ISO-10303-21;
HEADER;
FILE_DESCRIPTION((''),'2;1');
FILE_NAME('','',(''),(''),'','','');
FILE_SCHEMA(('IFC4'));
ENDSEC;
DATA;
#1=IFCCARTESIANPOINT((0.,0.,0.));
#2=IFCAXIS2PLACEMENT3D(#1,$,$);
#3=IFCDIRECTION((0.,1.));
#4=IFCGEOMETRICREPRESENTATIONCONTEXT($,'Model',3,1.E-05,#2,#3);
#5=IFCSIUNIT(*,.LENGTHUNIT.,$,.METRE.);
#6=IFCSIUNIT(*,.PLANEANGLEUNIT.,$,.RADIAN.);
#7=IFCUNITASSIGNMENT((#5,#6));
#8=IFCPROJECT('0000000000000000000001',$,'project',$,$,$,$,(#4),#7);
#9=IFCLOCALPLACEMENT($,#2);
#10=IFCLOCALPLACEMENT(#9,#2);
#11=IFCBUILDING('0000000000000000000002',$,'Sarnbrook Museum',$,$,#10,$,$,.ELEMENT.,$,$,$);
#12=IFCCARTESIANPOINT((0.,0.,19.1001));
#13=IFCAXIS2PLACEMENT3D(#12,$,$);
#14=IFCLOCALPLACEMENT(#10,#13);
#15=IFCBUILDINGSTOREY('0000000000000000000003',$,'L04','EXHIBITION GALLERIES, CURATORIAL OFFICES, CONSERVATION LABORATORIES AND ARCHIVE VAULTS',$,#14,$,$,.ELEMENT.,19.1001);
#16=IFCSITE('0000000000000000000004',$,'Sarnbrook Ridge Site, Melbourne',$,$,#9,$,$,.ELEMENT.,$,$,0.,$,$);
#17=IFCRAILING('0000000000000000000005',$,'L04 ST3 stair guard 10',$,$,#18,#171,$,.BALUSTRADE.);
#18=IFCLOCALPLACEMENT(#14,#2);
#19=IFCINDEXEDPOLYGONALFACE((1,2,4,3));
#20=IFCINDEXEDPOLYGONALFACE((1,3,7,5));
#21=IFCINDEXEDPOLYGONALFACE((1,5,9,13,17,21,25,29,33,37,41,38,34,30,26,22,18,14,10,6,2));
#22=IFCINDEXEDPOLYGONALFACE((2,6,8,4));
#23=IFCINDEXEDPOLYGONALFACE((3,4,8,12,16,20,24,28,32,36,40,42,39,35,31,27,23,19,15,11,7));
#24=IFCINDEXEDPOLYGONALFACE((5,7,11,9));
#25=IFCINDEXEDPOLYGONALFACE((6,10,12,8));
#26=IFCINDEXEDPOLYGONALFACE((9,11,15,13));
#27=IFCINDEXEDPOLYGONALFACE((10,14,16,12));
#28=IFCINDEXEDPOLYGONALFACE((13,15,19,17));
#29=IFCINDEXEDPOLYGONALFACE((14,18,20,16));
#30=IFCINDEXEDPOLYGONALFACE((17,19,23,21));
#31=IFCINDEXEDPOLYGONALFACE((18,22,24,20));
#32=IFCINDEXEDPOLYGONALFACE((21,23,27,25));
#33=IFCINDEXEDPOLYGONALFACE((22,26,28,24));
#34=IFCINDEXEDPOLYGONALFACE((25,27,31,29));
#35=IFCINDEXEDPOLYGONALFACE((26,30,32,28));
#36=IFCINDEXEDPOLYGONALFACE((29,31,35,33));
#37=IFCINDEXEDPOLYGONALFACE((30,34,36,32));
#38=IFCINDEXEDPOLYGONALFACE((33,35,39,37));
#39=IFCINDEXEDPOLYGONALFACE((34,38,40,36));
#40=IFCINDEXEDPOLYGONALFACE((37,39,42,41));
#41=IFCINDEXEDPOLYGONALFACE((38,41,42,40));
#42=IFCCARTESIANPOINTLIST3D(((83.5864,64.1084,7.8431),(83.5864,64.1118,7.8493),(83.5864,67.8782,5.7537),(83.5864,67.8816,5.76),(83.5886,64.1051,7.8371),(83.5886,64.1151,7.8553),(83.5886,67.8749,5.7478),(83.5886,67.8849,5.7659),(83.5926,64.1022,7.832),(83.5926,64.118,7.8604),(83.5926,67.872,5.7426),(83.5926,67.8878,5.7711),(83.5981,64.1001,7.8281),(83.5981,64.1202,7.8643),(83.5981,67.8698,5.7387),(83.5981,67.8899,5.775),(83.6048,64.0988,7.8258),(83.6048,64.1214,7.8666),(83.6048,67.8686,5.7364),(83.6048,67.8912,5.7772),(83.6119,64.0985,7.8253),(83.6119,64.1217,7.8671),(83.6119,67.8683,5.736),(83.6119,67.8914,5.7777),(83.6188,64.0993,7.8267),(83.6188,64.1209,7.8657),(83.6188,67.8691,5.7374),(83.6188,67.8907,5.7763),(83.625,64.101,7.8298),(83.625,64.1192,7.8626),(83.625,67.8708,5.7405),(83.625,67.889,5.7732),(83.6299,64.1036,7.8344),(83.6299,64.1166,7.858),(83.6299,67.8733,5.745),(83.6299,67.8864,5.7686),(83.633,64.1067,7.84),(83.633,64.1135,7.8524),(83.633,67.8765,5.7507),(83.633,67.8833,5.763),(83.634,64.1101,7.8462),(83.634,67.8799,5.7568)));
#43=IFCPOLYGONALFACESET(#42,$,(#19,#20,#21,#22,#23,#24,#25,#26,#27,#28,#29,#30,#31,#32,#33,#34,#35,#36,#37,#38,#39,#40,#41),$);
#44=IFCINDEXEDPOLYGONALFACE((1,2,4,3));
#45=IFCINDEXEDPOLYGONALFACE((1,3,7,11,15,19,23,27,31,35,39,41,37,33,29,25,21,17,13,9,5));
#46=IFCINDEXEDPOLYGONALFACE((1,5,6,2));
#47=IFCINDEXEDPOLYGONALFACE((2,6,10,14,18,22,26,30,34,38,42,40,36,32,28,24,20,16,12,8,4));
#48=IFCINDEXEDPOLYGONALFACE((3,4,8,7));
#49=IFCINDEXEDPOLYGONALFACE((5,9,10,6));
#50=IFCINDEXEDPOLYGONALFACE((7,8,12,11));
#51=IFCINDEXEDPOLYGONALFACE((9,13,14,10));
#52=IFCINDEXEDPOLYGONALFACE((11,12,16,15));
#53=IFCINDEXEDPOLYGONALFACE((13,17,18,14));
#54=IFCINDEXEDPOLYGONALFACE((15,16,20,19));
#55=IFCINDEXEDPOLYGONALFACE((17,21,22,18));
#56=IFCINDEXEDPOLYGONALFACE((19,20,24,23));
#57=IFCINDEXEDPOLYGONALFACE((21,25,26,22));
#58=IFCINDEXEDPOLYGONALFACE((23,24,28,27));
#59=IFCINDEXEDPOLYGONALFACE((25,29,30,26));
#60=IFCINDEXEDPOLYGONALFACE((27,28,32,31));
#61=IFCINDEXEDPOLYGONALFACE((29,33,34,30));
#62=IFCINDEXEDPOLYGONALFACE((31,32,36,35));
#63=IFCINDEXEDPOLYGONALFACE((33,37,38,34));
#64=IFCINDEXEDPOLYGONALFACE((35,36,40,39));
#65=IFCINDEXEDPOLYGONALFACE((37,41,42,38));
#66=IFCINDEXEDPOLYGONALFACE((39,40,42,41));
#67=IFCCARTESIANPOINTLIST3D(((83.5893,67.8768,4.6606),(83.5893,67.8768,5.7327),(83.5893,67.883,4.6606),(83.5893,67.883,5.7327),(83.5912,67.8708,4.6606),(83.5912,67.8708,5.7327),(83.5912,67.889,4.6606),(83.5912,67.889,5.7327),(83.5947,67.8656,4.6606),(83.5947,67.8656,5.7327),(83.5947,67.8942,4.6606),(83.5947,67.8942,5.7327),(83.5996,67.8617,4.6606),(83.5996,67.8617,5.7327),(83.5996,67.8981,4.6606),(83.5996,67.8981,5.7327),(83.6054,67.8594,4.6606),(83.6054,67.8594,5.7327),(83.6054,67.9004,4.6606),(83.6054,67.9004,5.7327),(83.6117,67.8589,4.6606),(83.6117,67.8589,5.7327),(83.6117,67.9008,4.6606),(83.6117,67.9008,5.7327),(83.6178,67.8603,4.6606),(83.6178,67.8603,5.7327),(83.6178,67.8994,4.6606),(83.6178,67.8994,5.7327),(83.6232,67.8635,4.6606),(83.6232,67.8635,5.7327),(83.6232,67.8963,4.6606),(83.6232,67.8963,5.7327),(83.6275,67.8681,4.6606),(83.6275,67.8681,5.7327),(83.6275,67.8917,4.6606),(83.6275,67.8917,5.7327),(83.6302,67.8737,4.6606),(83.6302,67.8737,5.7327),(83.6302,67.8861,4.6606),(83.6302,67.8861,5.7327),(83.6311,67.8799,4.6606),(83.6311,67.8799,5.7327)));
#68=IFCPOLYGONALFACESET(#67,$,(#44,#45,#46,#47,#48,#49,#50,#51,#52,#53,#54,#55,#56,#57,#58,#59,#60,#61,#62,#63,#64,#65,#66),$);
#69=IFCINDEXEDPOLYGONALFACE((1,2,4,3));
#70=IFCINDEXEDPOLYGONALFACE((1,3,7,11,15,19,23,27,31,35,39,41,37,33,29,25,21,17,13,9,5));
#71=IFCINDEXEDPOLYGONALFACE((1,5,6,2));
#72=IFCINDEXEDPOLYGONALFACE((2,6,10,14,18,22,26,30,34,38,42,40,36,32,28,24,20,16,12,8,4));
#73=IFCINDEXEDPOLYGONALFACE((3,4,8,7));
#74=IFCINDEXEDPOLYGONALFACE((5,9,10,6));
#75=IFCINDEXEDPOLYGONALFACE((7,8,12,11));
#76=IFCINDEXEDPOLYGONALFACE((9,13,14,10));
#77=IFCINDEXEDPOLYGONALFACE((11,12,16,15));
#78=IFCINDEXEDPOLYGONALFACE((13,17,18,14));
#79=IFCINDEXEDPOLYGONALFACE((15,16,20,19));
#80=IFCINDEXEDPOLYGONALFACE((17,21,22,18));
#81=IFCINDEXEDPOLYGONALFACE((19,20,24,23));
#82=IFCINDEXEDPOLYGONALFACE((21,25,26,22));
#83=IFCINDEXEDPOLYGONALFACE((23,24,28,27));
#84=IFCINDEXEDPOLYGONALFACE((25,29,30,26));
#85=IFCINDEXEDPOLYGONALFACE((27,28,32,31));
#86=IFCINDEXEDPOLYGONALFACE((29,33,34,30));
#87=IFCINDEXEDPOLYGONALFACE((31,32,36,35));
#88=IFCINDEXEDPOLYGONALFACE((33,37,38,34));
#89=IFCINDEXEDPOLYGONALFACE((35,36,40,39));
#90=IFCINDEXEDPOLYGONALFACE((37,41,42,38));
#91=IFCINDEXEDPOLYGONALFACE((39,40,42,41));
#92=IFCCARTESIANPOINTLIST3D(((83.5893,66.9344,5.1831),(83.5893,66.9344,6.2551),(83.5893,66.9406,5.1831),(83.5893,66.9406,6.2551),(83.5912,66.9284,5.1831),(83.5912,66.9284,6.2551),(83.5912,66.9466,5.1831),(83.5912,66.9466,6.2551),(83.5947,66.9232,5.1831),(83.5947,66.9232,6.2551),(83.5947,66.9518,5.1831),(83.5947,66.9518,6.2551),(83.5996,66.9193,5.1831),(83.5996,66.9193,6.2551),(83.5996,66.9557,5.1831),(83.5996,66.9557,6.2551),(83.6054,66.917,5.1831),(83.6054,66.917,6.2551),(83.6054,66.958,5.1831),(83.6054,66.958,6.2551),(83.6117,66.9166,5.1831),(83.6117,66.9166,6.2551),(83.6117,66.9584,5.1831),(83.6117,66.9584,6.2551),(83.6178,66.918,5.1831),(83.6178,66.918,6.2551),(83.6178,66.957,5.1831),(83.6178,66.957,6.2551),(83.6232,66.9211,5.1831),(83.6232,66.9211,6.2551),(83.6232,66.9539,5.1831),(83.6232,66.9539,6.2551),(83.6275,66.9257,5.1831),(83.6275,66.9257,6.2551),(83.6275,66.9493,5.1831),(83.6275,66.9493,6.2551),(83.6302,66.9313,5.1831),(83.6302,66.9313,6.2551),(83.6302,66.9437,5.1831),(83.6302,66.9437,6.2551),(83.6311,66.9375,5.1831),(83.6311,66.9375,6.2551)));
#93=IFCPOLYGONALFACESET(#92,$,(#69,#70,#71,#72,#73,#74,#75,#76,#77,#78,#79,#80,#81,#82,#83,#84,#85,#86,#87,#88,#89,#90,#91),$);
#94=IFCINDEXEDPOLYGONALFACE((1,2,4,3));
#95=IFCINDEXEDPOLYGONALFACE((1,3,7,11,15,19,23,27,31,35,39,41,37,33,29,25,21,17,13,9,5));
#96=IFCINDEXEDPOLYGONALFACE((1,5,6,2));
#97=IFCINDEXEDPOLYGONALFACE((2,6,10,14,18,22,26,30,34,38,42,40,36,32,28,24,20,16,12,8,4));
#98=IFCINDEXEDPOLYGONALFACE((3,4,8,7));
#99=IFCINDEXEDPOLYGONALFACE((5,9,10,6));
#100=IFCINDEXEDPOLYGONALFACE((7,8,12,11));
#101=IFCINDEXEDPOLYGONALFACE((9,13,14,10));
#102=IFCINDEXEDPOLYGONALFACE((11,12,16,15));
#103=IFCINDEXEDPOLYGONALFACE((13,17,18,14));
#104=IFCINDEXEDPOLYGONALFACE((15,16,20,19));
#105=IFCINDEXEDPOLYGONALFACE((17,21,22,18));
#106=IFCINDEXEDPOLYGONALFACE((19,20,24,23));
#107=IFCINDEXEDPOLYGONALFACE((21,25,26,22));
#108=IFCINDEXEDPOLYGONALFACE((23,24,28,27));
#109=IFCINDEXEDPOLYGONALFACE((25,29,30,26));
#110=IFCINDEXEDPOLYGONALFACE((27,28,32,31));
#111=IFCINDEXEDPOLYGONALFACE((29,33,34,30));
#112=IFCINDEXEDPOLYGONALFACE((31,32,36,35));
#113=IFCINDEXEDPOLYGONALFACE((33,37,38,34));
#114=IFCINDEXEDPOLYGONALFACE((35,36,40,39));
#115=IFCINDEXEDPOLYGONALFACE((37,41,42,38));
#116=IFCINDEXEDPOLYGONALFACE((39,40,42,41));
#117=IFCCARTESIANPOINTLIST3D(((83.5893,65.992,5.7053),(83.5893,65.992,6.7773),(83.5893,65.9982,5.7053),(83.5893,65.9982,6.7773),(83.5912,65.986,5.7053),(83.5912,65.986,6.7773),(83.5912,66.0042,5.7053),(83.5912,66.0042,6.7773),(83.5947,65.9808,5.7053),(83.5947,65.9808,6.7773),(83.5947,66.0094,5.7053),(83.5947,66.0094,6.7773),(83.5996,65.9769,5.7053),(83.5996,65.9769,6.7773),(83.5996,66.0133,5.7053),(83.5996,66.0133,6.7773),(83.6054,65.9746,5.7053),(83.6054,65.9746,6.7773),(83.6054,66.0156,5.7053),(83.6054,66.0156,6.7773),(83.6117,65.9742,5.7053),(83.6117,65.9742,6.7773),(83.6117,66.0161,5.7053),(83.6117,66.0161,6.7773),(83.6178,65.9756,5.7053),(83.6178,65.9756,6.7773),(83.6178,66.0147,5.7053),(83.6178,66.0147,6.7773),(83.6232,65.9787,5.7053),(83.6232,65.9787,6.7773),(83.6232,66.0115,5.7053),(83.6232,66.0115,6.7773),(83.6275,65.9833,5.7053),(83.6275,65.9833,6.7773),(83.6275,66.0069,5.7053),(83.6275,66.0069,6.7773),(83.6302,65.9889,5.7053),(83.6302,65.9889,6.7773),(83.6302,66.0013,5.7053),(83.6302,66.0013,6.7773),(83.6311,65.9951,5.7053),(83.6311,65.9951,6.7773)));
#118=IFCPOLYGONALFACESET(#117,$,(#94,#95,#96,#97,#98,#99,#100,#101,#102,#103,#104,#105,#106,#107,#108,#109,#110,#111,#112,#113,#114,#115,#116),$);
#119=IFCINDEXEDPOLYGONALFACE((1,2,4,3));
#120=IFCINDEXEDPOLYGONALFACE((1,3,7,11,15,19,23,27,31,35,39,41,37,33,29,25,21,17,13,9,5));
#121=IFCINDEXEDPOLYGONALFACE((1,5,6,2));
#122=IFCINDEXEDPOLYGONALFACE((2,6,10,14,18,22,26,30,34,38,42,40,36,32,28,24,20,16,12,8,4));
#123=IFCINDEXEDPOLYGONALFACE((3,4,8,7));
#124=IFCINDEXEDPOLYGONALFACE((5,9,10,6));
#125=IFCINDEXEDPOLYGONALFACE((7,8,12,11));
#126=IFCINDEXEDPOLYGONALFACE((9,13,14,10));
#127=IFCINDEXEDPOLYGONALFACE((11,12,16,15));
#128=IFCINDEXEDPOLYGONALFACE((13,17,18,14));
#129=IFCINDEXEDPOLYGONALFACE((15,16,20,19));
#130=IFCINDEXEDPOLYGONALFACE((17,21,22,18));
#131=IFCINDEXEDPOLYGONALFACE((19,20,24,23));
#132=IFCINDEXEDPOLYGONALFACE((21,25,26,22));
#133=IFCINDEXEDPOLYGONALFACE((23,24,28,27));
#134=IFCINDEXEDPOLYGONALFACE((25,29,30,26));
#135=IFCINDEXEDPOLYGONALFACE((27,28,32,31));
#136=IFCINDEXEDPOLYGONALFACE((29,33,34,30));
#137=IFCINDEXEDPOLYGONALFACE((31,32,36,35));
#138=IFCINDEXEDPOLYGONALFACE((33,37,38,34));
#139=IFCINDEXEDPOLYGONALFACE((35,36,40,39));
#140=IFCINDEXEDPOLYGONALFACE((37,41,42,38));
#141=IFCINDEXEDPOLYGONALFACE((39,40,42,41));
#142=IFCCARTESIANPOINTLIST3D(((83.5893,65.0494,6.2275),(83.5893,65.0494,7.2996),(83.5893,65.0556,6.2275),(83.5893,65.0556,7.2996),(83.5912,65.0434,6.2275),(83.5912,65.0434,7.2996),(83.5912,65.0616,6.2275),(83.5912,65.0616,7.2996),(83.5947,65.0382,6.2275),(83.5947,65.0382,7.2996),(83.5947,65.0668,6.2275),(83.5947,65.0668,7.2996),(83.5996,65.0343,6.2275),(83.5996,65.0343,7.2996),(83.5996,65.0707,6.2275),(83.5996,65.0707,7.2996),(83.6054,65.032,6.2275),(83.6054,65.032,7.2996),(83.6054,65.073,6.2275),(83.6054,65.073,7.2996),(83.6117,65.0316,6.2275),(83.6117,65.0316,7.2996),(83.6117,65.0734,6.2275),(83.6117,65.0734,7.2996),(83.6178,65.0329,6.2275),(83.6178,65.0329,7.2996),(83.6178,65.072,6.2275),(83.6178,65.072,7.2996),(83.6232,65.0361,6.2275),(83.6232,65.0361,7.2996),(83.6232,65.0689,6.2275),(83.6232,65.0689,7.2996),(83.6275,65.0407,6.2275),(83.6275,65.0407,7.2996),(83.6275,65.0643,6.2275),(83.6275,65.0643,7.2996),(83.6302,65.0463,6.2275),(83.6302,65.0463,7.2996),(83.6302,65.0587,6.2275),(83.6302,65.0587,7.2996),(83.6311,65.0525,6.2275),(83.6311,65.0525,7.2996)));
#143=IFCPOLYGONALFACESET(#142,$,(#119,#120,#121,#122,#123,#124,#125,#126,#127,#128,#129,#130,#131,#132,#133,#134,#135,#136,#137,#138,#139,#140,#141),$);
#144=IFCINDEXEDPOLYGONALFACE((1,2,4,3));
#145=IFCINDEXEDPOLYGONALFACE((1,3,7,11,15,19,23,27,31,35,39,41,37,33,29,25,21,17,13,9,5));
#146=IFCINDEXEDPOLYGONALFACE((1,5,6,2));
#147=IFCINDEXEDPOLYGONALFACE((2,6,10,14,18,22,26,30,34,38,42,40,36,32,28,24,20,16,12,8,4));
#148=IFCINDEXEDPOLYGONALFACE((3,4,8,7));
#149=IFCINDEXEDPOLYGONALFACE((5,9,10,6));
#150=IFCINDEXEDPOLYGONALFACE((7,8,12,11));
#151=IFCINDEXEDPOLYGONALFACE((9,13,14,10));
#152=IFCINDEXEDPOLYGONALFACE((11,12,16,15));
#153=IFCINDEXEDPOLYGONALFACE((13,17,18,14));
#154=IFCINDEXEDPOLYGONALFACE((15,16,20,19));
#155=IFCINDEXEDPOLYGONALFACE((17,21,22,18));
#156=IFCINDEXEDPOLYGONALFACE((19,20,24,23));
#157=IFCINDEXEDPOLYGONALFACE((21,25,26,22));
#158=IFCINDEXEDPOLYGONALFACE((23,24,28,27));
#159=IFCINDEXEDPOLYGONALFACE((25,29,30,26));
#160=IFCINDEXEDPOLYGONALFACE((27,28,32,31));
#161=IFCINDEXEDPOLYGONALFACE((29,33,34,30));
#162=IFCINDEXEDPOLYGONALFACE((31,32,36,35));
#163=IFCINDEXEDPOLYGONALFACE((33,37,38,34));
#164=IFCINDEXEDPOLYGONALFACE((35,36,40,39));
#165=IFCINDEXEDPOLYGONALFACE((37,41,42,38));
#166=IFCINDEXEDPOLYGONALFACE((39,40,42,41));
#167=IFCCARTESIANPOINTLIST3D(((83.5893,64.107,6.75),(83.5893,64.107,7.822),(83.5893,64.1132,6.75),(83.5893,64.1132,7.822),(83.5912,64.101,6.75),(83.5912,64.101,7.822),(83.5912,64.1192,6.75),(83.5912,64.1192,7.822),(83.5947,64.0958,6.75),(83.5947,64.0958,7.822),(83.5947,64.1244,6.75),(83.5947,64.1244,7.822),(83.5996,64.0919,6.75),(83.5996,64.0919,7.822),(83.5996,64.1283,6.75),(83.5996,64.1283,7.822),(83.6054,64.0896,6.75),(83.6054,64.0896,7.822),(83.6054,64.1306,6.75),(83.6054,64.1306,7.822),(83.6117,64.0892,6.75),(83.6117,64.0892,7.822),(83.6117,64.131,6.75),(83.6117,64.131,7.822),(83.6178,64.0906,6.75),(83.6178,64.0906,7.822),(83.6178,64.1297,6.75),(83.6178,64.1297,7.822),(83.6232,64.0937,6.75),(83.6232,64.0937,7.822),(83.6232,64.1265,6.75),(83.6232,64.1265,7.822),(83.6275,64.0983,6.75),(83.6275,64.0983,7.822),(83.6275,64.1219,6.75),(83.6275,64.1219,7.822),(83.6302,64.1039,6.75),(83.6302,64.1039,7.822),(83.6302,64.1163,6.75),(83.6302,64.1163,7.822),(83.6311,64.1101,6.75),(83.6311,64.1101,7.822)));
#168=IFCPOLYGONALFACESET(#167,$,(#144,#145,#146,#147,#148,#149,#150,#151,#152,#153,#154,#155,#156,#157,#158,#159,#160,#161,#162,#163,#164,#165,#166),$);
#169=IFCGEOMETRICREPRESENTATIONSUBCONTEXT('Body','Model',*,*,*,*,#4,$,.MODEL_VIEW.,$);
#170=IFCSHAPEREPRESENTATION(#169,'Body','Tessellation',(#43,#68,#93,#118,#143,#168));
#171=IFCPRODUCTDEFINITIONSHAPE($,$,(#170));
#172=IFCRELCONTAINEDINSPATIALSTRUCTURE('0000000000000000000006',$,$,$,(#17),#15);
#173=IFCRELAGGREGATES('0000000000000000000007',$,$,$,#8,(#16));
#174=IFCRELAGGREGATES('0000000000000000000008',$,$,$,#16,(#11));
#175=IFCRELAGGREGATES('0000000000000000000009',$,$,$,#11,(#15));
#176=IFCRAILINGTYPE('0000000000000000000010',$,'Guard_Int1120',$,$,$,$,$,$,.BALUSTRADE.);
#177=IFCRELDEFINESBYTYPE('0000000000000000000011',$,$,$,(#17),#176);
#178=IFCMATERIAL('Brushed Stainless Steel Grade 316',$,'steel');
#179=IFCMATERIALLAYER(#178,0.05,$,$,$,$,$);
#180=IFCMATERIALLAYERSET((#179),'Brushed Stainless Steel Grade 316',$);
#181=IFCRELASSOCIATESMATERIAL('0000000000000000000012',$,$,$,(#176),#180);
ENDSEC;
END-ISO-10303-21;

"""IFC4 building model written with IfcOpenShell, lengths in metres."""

from ifc_helpers import new_model, si_unit, direction, frame, origin, origin_2d, place, context, subcontext, project, spatial, circle, extrude, material, layer, layer_set, type_object, element, save


model = new_model("IFC4")

# Units and contexts
model_context = context("Model", 3, precision=1e-05, world=origin(), true_north=direction((0.0, 1.0)))
body_context = subcontext(model_context, "Body", "Model", "MODEL_VIEW")
ifc_project = project(units=[si_unit("LENGTHUNIT", "METRE"), si_unit("PLANEANGLEUNIT", "RADIAN")], contexts=[model_context])

# Site, building, storey
site_placement = place(None, origin())
site = spatial("IfcSite", under=ifc_project, at=site_placement, Name="Sarnbrook Ridge Site, Melbourne", CompositionType="ELEMENT", RefElevation=0.0)
building_placement = place(site_placement, origin())
building = spatial("IfcBuilding", under=site, at=building_placement, Name="Sarnbrook Museum", CompositionType="ELEMENT")
storey_placement = place(building_placement, frame((0.0, 0.0, 19.1001)))
storey = spatial("IfcBuildingStorey", under=building, at=storey_placement, Name="L04", Description="EXHIBITION GALLERIES, CURATORIAL OFFICES, CONSERVATION LABORATORIES AND ARCHIVE VAULTS", CompositionType="ELEMENT", Elevation=19.1001)

# Shared definitions
ifc_material_1 = material(Name="Brushed Stainless Steel Grade 316", Category="steel")

# Railing
ifc_layer_1 = layer(ifc_material_1, 0.05)
ifc_layer_set_1 = layer_set([ifc_layer_1], Name="Brushed Stainless Steel Grade 316")
railing_type_1 = type_object("IfcRailingType", Name="Guard_Int1120", PredefinedType="BALUSTRADE", material=ifc_layer_set_1)
railing_1_placement = place(storey_placement, frame((83.6101, 67.8799, 4.6606)))
element("IfcRailing", 1, at=railing_1_placement, inside=storey, type_object=railing_type_1, Name="L04 ST3 stair guard 10", PredefinedType="BALUSTRADE", context=body_context, shape_type="SweptSolid", body=[
    extrude(circle(Radius=0.0239, at=origin_2d()), frame((0.0, 0.0, 1.0962), z_axis=(0.0, -0.874646, 0.484763), x_axis=(1.0, 0.0, 0.0)), (0.0, 0.0, 1.0), 4.3101),
    extrude(circle(Radius=0.021, at=origin_2d()), origin(), (0.0, 0.0, 1.0), 1.072),
    extrude(circle(Radius=0.021, at=origin_2d()), frame((0.0, -0.9424, 0.5225)), (0.0, 0.0, 1.0), 1.072),
    extrude(circle(Radius=0.021, at=origin_2d()), frame((0.0, -1.8848, 1.0447)), (0.0, 0.0, 1.0), 1.072),
    extrude(circle(Radius=0.021, at=origin_2d()), frame((0.0, -2.8274, 1.5669)), (0.0, 0.0, 1.0), 1.072),
    extrude(circle(Radius=0.021, at=origin_2d()), frame((0.0, -3.7698, 2.0894)), (0.0, 0.0, 1.0), 1.072),
])

save(model, "model.ifc")
